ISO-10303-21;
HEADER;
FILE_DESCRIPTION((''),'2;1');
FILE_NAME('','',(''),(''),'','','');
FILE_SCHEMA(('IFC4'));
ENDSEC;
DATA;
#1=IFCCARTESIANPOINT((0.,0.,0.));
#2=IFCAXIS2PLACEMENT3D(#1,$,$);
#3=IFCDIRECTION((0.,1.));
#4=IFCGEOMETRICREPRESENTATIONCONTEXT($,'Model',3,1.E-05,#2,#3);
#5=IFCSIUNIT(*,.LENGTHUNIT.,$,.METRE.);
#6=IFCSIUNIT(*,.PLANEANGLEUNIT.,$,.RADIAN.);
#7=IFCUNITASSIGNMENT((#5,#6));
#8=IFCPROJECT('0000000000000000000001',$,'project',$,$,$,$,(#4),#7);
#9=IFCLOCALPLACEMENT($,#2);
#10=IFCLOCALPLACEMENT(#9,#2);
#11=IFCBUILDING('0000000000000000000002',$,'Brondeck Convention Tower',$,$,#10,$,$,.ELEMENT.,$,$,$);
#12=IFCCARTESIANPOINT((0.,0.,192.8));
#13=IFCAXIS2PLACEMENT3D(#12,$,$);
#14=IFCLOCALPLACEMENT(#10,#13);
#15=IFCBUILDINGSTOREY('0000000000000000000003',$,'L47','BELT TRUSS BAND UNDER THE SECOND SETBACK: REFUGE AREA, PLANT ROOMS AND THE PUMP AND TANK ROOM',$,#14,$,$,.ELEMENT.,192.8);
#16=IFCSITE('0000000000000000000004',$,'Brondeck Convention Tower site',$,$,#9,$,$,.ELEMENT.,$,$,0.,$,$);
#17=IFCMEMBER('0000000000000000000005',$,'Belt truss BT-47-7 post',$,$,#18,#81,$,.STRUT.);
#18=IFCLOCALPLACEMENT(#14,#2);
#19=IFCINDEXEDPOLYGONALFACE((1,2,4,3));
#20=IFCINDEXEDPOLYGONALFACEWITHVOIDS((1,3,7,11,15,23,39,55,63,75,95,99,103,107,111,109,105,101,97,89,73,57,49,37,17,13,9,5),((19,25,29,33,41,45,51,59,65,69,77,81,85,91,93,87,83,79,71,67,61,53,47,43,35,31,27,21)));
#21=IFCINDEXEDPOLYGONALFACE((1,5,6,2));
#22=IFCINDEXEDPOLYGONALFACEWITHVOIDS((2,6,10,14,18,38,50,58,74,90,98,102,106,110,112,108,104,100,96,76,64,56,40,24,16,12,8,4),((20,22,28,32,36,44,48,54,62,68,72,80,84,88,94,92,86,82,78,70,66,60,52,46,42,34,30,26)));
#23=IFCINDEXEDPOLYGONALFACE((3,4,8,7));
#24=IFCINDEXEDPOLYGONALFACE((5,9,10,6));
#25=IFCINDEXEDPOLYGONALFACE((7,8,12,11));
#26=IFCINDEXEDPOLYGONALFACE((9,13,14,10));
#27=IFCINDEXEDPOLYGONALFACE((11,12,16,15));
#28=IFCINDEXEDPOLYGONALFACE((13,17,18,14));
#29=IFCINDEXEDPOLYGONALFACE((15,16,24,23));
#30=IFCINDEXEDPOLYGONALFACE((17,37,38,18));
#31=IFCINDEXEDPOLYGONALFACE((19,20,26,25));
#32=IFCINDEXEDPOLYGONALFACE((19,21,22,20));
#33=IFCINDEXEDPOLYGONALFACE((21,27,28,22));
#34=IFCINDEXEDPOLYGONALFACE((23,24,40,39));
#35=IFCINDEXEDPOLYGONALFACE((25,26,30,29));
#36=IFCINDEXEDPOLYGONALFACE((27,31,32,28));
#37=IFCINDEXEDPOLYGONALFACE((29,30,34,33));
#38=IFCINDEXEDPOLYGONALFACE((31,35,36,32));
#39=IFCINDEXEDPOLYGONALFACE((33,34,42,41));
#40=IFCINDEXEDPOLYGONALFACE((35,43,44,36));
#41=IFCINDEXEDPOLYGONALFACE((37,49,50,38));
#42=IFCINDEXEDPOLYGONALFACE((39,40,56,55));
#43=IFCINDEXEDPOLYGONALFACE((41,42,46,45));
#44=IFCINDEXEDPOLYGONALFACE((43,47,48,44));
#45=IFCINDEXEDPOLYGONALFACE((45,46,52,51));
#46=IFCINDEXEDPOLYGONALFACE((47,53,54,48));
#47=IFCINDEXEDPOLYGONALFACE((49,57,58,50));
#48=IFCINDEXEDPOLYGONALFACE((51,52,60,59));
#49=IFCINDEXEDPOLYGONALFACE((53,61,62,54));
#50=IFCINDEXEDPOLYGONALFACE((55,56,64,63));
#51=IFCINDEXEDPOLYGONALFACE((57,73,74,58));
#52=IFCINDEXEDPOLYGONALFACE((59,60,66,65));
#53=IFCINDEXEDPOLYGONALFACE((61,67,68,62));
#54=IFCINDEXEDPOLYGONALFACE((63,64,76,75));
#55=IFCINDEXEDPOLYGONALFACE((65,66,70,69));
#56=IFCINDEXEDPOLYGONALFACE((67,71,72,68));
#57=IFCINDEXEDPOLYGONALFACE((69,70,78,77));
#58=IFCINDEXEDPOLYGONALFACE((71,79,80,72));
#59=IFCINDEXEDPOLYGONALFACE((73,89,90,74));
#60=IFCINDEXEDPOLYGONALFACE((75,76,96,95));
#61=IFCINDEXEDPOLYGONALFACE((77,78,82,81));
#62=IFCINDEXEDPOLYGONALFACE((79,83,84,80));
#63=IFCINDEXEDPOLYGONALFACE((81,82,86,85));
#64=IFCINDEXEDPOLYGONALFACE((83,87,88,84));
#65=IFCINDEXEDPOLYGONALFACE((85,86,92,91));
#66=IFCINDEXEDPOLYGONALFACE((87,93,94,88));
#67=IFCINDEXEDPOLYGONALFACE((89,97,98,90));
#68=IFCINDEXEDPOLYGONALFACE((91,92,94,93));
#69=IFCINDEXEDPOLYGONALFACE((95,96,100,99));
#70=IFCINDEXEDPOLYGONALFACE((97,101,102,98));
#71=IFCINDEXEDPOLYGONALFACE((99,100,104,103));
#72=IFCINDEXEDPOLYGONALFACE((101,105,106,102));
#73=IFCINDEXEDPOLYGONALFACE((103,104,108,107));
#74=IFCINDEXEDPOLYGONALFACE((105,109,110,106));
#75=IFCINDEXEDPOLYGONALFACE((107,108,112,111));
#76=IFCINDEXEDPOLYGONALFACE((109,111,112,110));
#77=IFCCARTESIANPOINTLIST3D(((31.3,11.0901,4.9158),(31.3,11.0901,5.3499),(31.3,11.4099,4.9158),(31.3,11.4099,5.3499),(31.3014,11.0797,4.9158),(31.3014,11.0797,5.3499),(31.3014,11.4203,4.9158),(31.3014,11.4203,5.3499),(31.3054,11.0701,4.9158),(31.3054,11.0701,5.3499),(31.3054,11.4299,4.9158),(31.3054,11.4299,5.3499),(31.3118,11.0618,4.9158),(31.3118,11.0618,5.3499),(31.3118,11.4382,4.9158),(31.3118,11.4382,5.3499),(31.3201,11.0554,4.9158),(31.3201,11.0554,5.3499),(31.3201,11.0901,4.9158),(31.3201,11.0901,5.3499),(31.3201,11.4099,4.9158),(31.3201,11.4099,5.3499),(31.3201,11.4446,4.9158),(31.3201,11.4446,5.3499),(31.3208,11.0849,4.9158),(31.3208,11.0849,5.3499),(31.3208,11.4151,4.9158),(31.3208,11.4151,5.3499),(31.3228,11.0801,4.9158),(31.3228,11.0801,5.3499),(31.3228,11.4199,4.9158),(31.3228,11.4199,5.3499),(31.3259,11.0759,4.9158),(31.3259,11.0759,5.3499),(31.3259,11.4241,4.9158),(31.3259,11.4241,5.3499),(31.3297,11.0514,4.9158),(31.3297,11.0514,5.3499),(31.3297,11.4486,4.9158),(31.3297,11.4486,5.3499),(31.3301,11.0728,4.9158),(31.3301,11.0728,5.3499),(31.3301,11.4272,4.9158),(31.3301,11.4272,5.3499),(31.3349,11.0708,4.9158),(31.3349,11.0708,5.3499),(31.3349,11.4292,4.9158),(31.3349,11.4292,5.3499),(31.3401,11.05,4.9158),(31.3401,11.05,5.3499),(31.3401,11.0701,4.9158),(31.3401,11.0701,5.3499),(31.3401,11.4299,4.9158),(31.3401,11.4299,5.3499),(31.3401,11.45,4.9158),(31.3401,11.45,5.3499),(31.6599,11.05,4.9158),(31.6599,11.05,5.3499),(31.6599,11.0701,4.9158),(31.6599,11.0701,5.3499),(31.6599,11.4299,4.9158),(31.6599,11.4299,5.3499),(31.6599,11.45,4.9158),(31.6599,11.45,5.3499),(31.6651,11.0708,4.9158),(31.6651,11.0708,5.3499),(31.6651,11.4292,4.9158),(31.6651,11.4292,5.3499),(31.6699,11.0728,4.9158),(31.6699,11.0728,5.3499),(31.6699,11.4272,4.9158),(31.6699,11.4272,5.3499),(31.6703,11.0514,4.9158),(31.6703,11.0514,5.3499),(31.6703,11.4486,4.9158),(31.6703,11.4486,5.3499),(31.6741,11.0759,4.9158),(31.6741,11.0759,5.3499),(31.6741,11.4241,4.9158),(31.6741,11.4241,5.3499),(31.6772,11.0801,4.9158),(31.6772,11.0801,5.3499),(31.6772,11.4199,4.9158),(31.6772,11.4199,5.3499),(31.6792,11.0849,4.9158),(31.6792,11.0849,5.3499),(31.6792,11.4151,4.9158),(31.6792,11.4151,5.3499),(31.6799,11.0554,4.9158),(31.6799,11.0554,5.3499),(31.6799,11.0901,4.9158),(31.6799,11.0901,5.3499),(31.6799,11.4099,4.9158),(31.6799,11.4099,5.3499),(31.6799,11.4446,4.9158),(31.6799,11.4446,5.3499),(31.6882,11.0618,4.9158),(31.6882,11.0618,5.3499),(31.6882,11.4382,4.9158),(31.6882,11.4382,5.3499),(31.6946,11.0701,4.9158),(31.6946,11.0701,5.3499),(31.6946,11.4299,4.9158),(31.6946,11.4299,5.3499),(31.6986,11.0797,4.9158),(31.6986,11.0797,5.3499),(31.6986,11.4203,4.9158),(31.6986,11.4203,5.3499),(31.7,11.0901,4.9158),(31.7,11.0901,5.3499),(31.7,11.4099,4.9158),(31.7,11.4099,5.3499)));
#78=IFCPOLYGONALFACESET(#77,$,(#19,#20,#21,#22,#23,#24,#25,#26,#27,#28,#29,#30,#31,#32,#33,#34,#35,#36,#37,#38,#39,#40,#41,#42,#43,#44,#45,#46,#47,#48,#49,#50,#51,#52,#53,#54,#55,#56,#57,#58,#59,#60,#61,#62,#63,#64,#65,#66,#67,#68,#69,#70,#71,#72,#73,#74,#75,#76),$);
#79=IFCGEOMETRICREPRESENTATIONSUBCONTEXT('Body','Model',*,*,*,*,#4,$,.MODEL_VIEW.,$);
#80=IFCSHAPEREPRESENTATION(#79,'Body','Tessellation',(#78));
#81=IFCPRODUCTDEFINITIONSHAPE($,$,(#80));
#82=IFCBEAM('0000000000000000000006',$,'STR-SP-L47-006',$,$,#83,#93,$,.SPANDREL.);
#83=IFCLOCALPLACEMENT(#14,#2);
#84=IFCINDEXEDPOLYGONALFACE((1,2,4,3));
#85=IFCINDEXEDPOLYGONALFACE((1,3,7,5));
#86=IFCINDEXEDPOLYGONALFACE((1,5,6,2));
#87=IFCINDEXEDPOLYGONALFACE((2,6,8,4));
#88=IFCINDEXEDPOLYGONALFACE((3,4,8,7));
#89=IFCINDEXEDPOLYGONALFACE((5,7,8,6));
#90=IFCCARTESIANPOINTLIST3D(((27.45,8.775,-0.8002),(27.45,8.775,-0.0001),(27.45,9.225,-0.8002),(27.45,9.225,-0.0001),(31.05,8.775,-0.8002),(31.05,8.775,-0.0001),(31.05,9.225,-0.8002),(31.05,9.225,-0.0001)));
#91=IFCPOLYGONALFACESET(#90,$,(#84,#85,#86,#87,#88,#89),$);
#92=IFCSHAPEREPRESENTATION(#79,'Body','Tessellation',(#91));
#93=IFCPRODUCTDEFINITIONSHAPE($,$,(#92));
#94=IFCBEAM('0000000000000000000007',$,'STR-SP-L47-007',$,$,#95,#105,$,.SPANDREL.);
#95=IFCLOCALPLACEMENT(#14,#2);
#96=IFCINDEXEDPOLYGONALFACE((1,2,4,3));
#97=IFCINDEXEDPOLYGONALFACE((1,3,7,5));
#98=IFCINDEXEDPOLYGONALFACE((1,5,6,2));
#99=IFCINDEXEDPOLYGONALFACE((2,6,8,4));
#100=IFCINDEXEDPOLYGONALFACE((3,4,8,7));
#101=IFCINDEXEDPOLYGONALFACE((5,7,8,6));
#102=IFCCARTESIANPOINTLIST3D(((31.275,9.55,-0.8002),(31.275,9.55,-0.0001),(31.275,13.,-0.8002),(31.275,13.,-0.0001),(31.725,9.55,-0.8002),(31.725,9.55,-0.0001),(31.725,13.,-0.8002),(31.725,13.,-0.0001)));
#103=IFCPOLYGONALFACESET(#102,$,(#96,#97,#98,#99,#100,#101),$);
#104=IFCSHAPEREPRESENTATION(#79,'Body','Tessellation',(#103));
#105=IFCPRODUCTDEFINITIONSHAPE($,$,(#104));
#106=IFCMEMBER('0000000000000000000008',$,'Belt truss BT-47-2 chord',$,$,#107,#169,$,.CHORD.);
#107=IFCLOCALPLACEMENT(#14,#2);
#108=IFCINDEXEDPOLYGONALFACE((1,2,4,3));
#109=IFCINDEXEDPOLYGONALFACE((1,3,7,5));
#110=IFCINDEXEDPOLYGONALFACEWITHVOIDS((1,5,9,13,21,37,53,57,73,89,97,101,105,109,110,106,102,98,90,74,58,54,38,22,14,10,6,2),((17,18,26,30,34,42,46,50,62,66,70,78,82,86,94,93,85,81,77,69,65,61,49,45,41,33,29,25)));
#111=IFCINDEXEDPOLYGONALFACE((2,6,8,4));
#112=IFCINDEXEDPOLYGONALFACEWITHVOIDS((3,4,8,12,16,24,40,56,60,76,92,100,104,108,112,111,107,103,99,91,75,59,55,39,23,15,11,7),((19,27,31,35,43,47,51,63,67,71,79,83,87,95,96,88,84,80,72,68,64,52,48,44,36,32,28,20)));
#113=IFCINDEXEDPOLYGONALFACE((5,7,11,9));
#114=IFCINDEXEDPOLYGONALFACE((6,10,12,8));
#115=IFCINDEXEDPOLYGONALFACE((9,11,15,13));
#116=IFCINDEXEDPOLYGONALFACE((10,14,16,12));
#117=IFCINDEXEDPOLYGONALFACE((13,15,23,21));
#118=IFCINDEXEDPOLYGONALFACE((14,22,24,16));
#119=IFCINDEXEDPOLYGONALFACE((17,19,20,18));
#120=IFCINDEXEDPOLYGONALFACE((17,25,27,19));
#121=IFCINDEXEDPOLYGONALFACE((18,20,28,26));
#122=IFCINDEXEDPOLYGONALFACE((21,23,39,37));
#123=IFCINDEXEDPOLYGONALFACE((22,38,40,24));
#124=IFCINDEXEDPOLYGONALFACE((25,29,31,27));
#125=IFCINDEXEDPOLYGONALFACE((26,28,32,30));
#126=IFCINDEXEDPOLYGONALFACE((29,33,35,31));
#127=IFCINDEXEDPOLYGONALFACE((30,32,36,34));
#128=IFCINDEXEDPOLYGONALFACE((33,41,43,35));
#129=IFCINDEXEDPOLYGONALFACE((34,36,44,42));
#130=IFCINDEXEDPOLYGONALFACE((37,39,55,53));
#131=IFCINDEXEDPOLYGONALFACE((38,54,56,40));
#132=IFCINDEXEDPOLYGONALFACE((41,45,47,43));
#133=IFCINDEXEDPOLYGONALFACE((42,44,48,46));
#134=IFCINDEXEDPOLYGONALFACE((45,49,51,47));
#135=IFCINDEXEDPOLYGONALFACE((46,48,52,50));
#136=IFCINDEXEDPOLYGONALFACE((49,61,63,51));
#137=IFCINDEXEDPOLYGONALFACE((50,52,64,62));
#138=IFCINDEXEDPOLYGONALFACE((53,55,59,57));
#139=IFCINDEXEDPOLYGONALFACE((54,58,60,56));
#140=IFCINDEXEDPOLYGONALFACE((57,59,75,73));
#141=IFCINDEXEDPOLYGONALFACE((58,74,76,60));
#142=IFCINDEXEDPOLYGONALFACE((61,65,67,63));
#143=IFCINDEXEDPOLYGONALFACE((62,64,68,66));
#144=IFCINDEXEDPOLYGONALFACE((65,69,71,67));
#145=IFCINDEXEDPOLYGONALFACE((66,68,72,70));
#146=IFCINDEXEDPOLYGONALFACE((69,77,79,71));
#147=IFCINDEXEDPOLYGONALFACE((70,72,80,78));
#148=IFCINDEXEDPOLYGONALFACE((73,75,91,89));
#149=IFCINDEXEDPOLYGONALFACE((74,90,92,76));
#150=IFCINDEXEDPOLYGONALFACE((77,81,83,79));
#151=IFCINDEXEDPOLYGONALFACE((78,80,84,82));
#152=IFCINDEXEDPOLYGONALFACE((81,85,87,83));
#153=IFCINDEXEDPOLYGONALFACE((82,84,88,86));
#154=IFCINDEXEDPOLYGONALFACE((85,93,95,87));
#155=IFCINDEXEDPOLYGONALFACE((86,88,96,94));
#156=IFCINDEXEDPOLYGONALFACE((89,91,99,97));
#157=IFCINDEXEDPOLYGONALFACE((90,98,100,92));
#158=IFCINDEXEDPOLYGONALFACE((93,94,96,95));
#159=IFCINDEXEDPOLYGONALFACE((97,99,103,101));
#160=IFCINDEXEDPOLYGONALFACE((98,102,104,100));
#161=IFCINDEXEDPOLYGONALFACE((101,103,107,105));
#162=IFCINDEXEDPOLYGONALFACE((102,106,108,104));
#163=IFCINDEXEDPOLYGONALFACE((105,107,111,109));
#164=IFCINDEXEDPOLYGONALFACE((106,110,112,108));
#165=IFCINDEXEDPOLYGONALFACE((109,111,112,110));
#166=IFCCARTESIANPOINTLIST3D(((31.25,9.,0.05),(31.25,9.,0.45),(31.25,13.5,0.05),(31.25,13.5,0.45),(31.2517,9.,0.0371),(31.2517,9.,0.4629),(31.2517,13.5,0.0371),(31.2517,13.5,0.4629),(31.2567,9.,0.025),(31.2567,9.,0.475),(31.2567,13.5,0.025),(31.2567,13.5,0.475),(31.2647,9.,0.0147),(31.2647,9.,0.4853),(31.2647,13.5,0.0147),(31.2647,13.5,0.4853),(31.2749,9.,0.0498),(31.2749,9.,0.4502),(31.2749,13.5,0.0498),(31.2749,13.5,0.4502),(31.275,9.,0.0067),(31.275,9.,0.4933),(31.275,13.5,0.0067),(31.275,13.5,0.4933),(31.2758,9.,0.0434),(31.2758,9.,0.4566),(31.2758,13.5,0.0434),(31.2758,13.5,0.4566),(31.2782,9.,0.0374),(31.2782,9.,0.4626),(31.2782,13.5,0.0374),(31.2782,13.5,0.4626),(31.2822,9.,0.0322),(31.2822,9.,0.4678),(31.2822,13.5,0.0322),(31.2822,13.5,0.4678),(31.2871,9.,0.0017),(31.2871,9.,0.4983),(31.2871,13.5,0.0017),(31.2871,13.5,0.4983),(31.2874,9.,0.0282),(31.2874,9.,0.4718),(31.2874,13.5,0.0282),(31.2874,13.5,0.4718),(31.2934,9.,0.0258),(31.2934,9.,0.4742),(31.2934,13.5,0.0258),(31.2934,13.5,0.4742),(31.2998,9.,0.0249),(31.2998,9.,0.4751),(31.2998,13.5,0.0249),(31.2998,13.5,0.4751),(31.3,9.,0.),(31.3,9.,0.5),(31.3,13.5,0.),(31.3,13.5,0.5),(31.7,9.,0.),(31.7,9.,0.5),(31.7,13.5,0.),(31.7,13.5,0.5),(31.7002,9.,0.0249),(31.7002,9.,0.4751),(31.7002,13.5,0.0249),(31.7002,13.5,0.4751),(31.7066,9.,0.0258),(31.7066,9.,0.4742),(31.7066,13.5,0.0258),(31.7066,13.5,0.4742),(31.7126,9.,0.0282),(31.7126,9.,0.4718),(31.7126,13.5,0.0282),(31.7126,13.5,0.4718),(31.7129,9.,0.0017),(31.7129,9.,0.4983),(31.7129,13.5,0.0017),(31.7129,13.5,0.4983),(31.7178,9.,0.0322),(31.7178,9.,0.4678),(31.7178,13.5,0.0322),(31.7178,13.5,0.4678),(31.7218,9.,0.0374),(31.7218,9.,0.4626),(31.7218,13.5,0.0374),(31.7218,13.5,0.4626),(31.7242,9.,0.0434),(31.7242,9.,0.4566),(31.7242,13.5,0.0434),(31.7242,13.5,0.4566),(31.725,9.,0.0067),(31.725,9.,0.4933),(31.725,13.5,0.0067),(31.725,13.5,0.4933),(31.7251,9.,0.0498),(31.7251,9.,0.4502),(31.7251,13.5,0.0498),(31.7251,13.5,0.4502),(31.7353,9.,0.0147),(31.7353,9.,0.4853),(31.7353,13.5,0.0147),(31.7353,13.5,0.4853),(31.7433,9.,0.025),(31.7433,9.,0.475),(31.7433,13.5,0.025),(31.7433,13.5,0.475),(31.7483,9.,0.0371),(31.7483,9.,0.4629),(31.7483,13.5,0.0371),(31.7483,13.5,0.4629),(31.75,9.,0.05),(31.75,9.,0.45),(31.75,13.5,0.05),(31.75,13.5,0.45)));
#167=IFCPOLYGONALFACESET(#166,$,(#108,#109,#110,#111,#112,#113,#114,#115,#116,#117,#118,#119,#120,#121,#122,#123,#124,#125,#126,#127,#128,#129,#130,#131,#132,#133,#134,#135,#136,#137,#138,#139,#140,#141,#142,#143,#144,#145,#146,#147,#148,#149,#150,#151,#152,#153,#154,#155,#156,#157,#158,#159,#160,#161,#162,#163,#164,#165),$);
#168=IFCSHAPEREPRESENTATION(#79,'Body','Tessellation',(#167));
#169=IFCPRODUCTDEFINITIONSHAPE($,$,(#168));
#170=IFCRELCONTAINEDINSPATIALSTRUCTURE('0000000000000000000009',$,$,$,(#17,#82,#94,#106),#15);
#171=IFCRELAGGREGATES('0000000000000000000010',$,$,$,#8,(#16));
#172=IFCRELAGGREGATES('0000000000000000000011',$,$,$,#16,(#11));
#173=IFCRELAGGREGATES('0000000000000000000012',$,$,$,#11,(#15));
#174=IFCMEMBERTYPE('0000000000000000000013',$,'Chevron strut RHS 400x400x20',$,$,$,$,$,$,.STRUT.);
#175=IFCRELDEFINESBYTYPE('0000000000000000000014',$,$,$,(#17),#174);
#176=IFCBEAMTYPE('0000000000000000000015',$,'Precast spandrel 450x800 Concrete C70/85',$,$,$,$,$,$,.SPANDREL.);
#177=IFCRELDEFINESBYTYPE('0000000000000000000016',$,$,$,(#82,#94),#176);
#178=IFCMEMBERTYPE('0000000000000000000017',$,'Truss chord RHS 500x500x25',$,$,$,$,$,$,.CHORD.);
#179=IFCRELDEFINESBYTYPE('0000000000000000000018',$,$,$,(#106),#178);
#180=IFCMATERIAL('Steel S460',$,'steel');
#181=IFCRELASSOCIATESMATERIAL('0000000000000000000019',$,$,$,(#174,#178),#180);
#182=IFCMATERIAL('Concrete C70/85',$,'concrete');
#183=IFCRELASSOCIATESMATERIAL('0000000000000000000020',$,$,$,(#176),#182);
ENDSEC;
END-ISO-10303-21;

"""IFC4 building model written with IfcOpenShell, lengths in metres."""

from ifc_helpers import new_model, si_unit, direction, frame, origin, origin_2d, place, context, subcontext, project, spatial, rectangle, hollow_rectangle, extrude, material, material_profile, profile_set, type_object, element, save


model = new_model("IFC4")

# Units and contexts
model_context = context("Model", 3, precision=1e-05, world=origin(), true_north=direction((0.0, 1.0)))
body_context = subcontext(model_context, "Body", "Model", "MODEL_VIEW")
ifc_project = project(units=[si_unit("LENGTHUNIT", "METRE"), si_unit("PLANEANGLEUNIT", "RADIAN")], contexts=[model_context])

# Site, building, storey
site_placement = place(None, origin())
site = spatial("IfcSite", under=ifc_project, at=site_placement, Name="Brondeck Convention Tower site", CompositionType="ELEMENT", RefElevation=0.0)
building_placement = place(site_placement, origin())
building = spatial("IfcBuilding", under=site, at=building_placement, Name="Brondeck Convention Tower", CompositionType="ELEMENT")
storey_placement = place(building_placement, frame((0.0, 0.0, 192.8)))
storey = spatial("IfcBuildingStorey", under=building, at=storey_placement, Name="L47", Description="BELT TRUSS BAND UNDER THE SECOND SETBACK: REFUGE AREA, PLANT ROOMS AND THE PUMP AND TANK ROOM", CompositionType="ELEMENT", Elevation=192.8)

# Shared definitions
ifc_material_1 = material(Name="Concrete C70/85", Category="concrete")

# Member
ifc_material_2 = material(Name="Steel S460", Category="steel")
ifc_material_profile_1 = material_profile(ifc_material_2, hollow_rectangle(XDim=0.3999, YDim=0.3999, WallThickness=0.02, InnerFilletRadius=0.02, OuterFilletRadius=0.04, at=origin_2d()), Name="RHS 400x400x20")
ifc_profile_set_1 = profile_set([ifc_material_profile_1], Name="Steel S460")
member_type_1 = type_object("IfcMemberType", Name="Chevron strut RHS 400x400x20", PredefinedType="STRUT", material=ifc_profile_set_1)
for number, where, z_axis, x_axis, name in (
    (1, (31.5, 11.25, 4.9158), (0.0, 0.0, 1.0), (1.0, 0.0, 0.0), "Belt truss BT-47-7 post"),
):
    element("IfcMember", number, at=place(storey_placement, frame(where, z_axis=z_axis, x_axis=x_axis)), inside=storey, type_object=member_type_1, Name=name, PredefinedType="STRUT", context=body_context, shape_type="SweptSolid", body=[
        extrude(hollow_rectangle(XDim=0.3999, YDim=0.3999, WallThickness=0.02, InnerFilletRadius=0.02, OuterFilletRadius=0.04, at=origin_2d()), origin(), (0.0, 0.0, 1.0), 0.4341),
    ])

# Beams
ifc_material_profile_2 = material_profile(ifc_material_1, rectangle(XDim=0.45, YDim=0.8, at=origin_2d()), Name="Precast spandrel 450x800 Concrete C70/85")
ifc_profile_set_2 = profile_set([ifc_material_profile_2], Name="Concrete C70/85")
beam_type = type_object("IfcBeamType", Name="Precast spandrel 450x800 Concrete C70/85", PredefinedType="SPANDREL", material=ifc_profile_set_2)
beam_1_placement = place(storey_placement, frame((27.45, 9.0, -0.4001), z_axis=(1.0, 0.0, 0.0), x_axis=(0.0, 1.0, 0.0)))
element("IfcBeam", 2, at=beam_1_placement, inside=storey, type_object=beam_type, Name="STR-SP-L47-006", PredefinedType="SPANDREL", context=body_context, shape_type="SweptSolid", body=[
    extrude(rectangle(XDim=0.45, YDim=0.8, at=origin_2d()), origin(), (0.0, 0.0, 1.0), 3.6001),
])
beam_2_placement = place(storey_placement, frame((31.5, 9.55, -0.4001), z_axis=(0.0, 1.0, 0.0), x_axis=(-1.0, 0.0, 0.0)))
element("IfcBeam", 3, at=beam_2_placement, inside=storey, type_object=beam_type, Name="STR-SP-L47-007", PredefinedType="SPANDREL", context=body_context, shape_type="SweptSolid", body=[
    extrude(rectangle(XDim=0.45, YDim=0.8, at=origin_2d()), origin(), (0.0, 0.0, 1.0), 3.45),
])

# Member
ifc_material_profile_3 = material_profile(ifc_material_2, hollow_rectangle(XDim=0.5, YDim=0.5, WallThickness=0.0249, InnerFilletRadius=0.0249, OuterFilletRadius=0.05, at=origin_2d()), Name="RHS 500x500x25")
ifc_profile_set_3 = profile_set([ifc_material_profile_3], Name="Steel S460")
member_type_2 = type_object("IfcMemberType", Name="Truss chord RHS 500x500x25", PredefinedType="CHORD", material=ifc_profile_set_3)
member_1_placement = place(storey_placement, frame((31.5, 9.0, 0.25), z_axis=(0.0, 1.0, 0.0), x_axis=(-1.0, 0.0, 0.0)))
element("IfcMember", 4, at=member_1_placement, inside=storey, type_object=member_type_2, Name="Belt truss BT-47-2 chord", PredefinedType="CHORD", context=body_context, shape_type="SweptSolid", body=[
    extrude(hollow_rectangle(XDim=0.5, YDim=0.5, WallThickness=0.0249, InnerFilletRadius=0.0249, OuterFilletRadius=0.05, at=origin_2d()), origin(), (0.0, 0.0, 1.0), 4.5),
])

save(model, "model.ifc")
